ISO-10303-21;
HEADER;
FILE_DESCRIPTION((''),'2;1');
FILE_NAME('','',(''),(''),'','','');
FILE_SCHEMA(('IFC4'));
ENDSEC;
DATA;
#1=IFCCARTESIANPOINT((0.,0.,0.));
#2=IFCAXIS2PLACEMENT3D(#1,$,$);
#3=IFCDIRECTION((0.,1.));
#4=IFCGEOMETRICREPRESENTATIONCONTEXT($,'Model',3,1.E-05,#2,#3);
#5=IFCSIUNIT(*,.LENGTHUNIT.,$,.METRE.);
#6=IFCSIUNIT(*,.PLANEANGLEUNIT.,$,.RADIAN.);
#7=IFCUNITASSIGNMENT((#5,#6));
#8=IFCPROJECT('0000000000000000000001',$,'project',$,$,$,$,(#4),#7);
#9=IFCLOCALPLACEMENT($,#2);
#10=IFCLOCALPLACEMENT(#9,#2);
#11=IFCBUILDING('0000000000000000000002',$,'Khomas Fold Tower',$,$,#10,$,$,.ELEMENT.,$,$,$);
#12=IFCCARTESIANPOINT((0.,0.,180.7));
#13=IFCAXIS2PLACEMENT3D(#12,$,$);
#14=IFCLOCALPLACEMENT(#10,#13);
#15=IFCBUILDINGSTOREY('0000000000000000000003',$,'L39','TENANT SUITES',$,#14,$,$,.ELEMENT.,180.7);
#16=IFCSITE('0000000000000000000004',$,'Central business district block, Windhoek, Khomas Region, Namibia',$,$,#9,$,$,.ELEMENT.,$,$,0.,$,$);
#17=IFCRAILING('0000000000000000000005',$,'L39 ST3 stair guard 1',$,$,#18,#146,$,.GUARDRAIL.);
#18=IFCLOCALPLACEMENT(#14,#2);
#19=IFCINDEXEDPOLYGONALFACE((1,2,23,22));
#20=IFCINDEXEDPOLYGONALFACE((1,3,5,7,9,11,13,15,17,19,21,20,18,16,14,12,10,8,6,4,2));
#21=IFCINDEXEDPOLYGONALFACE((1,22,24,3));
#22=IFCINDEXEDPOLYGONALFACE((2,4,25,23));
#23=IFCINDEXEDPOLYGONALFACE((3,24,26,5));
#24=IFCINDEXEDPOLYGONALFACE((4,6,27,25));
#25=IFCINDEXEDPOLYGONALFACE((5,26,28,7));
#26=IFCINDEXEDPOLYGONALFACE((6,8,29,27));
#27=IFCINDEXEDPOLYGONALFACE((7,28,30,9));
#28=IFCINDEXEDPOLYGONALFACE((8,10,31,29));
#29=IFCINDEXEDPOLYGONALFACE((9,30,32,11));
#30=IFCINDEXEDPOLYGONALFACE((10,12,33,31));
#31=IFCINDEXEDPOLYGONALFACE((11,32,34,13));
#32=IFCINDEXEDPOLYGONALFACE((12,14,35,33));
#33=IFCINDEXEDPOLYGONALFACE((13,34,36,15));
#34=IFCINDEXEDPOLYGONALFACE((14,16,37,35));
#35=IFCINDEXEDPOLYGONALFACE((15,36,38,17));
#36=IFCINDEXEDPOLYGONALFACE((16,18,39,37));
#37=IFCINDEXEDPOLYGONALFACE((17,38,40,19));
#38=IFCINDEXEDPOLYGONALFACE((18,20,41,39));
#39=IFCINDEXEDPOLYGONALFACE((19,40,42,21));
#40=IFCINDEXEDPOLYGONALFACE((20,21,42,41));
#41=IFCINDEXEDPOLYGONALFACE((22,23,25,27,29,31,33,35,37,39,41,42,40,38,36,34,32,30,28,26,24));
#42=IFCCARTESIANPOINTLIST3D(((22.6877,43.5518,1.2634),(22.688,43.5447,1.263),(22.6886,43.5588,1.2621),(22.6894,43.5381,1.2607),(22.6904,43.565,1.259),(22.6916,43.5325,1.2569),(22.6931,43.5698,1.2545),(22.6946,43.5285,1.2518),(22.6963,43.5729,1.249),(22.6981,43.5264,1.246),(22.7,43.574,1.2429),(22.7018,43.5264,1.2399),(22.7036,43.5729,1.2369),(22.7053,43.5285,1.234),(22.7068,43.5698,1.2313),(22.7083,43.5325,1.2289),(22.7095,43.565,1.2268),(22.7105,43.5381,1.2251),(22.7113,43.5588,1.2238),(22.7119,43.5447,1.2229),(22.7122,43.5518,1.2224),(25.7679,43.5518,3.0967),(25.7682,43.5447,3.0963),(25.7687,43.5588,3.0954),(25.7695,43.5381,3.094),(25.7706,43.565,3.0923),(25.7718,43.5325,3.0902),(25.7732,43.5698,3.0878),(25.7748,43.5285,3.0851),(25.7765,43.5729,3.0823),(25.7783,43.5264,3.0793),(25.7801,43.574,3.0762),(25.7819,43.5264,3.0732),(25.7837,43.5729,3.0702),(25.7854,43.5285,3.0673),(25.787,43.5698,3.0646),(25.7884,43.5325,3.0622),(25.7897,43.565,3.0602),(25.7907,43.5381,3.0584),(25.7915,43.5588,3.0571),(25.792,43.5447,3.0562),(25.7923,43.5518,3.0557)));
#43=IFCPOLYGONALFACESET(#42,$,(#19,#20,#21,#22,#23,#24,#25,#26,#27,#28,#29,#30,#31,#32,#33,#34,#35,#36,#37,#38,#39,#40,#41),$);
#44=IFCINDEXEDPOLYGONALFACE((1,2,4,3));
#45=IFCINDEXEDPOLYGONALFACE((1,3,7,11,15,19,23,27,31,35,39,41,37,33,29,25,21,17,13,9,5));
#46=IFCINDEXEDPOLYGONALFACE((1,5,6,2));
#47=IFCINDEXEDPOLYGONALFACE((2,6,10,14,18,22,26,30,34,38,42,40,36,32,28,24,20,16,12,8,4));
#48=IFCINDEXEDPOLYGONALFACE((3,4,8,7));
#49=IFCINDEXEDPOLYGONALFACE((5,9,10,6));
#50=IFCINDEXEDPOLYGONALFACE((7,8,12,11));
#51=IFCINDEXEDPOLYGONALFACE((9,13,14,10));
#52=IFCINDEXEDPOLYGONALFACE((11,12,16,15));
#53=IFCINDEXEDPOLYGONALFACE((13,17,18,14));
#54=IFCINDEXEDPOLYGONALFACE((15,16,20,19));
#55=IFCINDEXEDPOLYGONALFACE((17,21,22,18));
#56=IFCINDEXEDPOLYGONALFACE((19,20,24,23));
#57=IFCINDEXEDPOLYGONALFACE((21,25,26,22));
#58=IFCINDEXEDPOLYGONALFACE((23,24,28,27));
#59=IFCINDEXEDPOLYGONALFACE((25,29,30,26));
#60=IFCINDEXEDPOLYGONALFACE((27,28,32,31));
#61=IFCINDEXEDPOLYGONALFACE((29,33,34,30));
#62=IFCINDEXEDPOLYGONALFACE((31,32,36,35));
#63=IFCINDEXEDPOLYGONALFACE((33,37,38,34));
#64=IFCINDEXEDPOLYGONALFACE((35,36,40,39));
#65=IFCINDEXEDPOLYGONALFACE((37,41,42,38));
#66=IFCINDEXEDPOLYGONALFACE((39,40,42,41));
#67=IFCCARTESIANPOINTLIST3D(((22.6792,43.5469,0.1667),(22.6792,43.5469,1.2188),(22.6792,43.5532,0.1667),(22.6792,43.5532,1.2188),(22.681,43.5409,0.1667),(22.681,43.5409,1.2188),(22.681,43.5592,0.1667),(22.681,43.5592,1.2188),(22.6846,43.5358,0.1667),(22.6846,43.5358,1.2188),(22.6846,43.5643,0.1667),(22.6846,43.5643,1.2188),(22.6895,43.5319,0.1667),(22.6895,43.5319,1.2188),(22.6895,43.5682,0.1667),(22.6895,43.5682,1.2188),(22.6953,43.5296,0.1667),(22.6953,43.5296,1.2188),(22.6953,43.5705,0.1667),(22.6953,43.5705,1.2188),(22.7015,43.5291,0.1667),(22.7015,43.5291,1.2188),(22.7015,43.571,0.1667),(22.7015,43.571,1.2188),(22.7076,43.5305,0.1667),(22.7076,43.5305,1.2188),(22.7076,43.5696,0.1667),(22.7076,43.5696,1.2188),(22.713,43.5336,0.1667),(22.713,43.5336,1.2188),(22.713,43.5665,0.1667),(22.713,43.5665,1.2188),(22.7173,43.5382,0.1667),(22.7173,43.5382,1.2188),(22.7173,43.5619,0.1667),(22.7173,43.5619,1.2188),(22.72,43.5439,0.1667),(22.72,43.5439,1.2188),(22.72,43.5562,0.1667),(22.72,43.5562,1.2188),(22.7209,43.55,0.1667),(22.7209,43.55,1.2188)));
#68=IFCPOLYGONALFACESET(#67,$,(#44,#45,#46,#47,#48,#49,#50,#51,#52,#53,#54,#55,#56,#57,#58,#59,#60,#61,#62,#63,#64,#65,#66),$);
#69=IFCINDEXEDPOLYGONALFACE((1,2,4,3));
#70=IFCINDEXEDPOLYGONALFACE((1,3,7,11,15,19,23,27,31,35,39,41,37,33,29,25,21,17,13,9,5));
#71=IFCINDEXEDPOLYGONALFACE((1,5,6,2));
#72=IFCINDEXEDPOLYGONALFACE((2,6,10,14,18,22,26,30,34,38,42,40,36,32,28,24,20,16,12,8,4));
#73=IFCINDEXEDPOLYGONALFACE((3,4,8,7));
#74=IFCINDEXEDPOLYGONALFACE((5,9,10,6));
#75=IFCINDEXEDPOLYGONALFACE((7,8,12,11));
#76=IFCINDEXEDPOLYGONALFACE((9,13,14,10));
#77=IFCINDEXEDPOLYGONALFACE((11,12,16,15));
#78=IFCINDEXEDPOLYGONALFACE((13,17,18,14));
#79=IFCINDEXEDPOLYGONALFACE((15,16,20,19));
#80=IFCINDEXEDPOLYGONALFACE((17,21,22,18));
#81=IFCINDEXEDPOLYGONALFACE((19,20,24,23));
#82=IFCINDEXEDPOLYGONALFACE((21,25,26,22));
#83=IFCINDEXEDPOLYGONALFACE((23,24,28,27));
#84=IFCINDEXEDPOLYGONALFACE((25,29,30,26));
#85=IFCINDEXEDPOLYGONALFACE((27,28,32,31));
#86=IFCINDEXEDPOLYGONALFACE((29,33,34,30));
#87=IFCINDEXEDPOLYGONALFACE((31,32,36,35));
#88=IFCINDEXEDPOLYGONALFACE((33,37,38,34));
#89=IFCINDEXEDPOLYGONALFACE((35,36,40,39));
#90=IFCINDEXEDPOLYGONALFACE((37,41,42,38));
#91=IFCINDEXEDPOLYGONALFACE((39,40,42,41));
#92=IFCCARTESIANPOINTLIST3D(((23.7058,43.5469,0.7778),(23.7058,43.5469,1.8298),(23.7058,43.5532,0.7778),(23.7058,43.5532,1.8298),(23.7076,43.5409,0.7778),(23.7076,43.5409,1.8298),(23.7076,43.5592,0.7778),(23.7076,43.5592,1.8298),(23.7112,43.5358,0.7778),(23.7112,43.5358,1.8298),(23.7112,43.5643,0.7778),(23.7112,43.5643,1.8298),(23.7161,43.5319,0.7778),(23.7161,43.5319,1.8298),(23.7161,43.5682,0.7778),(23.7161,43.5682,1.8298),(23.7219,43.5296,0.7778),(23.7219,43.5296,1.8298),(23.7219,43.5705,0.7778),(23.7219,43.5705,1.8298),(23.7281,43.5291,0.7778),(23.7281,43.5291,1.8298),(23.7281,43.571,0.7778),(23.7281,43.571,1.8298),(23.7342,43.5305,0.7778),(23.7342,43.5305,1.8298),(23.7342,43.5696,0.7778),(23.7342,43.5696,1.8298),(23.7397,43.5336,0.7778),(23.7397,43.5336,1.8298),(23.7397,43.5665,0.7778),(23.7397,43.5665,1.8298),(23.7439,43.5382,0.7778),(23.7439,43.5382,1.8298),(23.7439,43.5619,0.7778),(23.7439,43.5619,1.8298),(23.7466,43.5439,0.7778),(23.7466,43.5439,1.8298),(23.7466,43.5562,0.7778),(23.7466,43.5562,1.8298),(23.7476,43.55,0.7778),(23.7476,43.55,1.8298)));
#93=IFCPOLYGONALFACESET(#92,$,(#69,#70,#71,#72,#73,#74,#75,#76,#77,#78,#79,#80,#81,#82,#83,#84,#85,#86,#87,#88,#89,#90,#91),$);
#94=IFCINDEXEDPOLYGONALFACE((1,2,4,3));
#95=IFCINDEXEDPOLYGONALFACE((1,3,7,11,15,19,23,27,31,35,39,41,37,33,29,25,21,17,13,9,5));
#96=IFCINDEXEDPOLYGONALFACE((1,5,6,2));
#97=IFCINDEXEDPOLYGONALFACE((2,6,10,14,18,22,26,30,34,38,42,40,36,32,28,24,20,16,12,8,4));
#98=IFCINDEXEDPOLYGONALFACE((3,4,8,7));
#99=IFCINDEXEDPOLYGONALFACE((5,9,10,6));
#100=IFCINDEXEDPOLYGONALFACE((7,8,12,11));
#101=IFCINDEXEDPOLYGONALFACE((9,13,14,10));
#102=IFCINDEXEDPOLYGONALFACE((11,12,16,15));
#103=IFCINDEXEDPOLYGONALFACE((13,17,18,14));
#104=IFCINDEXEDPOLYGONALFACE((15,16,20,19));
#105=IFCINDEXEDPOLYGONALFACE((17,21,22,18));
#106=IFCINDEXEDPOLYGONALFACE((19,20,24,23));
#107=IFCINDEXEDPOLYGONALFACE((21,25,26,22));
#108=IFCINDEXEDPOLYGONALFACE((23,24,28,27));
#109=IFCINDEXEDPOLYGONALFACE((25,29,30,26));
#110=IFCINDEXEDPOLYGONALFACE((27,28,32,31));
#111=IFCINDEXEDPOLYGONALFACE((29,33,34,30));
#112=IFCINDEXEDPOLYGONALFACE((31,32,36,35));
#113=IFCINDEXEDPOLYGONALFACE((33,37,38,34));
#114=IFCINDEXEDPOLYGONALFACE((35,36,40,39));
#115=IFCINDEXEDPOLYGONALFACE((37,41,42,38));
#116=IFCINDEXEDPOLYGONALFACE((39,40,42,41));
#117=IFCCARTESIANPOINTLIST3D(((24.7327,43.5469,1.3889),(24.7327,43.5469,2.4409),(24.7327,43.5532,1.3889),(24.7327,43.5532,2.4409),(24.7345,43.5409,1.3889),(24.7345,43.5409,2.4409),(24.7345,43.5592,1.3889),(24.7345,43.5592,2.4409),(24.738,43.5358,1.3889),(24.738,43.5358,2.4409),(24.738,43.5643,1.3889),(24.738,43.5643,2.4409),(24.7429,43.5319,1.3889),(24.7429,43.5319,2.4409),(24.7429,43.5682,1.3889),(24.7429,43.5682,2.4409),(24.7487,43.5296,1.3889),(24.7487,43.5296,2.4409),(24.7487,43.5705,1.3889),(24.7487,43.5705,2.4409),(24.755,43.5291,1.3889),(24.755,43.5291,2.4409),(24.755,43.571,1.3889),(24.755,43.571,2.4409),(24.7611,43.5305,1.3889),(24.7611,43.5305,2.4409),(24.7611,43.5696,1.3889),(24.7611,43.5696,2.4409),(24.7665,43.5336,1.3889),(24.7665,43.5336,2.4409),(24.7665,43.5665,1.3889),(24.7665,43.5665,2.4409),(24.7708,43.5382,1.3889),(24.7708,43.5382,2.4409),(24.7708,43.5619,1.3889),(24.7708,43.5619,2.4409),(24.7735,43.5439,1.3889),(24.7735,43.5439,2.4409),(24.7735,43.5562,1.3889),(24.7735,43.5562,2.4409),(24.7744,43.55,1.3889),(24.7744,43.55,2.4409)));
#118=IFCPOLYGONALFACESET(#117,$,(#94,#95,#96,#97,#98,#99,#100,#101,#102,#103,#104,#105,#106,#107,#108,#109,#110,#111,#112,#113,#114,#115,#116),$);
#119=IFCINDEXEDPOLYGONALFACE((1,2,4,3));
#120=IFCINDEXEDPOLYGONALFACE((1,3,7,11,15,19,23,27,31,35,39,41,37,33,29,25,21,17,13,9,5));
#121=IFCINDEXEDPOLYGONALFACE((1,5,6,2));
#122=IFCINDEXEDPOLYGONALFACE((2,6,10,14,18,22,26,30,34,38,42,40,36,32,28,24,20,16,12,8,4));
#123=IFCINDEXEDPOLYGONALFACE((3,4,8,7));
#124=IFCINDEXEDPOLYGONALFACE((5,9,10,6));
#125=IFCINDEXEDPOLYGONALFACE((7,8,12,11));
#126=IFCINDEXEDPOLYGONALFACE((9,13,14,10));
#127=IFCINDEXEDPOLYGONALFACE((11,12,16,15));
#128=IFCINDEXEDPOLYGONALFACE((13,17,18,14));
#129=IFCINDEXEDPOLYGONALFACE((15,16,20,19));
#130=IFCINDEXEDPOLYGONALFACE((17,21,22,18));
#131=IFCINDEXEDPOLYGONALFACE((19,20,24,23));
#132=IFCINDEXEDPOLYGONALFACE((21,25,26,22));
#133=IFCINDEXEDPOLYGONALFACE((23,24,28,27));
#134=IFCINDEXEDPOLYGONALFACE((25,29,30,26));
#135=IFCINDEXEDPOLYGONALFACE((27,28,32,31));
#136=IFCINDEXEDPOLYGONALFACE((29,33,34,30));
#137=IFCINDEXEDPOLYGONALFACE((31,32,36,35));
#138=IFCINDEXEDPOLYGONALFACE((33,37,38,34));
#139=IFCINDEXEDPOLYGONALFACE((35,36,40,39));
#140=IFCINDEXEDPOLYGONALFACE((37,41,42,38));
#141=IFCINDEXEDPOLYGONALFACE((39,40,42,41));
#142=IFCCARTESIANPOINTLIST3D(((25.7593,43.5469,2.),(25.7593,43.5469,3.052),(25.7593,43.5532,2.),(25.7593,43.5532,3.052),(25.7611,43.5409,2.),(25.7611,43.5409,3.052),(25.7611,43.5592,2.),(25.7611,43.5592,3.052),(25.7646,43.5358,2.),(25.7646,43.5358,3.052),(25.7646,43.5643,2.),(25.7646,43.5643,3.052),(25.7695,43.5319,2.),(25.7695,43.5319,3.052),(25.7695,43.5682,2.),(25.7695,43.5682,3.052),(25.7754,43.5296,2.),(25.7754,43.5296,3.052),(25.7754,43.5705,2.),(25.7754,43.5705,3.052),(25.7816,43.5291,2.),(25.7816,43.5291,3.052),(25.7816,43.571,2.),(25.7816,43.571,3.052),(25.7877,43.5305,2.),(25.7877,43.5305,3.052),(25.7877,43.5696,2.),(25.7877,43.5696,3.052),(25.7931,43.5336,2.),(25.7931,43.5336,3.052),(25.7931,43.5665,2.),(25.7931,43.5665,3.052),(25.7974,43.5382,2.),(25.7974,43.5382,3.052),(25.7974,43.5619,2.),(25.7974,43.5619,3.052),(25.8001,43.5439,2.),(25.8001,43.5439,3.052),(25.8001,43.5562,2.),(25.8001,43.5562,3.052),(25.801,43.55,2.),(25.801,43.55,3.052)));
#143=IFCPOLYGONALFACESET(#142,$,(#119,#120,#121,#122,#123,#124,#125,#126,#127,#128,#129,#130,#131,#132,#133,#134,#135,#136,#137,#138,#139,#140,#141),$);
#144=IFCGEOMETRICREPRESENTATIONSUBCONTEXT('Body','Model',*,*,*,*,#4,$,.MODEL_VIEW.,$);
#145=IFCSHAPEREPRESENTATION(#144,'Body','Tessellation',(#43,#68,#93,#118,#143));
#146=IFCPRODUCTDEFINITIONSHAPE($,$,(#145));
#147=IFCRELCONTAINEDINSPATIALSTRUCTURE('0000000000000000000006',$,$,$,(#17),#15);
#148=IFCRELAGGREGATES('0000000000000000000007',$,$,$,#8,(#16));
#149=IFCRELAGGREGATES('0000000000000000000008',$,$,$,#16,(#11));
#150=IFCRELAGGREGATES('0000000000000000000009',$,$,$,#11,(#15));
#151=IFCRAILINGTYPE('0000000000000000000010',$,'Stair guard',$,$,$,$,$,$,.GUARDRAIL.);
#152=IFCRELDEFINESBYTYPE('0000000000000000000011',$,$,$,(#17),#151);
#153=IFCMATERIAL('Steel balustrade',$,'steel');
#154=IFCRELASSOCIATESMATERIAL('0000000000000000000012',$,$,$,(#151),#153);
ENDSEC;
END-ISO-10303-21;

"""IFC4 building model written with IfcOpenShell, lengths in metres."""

from ifc_helpers import new_model, si_unit, direction, frame, origin, origin_2d, place, context, subcontext, project, spatial, circle, extrude, source, transform, mapped, material, type_object, element, save


model = new_model("IFC4")

# Units and contexts
model_context = context("Model", 3, precision=1e-05, world=origin(), true_north=direction((0.0, 1.0)))
body_context = subcontext(model_context, "Body", "Model", "MODEL_VIEW")
ifc_project = project(units=[si_unit("LENGTHUNIT", "METRE"), si_unit("PLANEANGLEUNIT", "RADIAN")], contexts=[model_context])

# Site, building, storey
site_placement = place(None, origin())
site = spatial("IfcSite", under=ifc_project, at=site_placement, Name="Central business district block, Windhoek, Khomas Region, Namibia", CompositionType="ELEMENT", RefElevation=0.0)
building_placement = place(site_placement, origin())
building = spatial("IfcBuilding", under=site, at=building_placement, Name="Khomas Fold Tower", CompositionType="ELEMENT")
storey_placement = place(building_placement, frame((0.0, 0.0, 180.7)))
storey = spatial("IfcBuildingStorey", under=building, at=storey_placement, Name="L39", Description="TENANT SUITES", CompositionType="ELEMENT", Elevation=180.7)

# Railing
ifc_material_1 = material(Name="Steel balustrade", Category="steel")
railing_type_1 = type_object("IfcRailingType", Name="Stair guard", PredefinedType="GUARDRAIL", material=ifc_material_1)
shared_shape_1 = source(origin(), body_context, "Body", "SweptSolid", [
    extrude(circle(Radius=0.0239, at=origin_2d()), frame((0.0, 0.0, 1.0762), z_axis=(0.859309, 0.0, 0.511458), x_axis=(0.0, 1.0, 0.0)), (0.0, 0.0, 1.0), 3.5845),
    extrude(circle(Radius=0.021, at=origin_2d()), origin(), (0.0, 0.0, 1.0), 1.052),
    extrude(circle(Radius=0.021, at=origin_2d()), frame((1.0266, 0.0, 0.6111)), (0.0, 0.0, 1.0), 1.052),
    extrude(circle(Radius=0.021, at=origin_2d()), frame((2.0535, 0.0, 1.2222)), (0.0, 0.0, 1.0), 1.052),
    extrude(circle(Radius=0.021, at=origin_2d()), frame((3.0801, 0.0, 1.8333)), (0.0, 0.0, 1.0), 1.052),
])
railing_1_placement = place(storey_placement, frame((22.7, 43.55, 0.1667)))
element("IfcRailing", 1, at=railing_1_placement, inside=storey, type_object=railing_type_1, Name="L39 ST3 stair guard 1", PredefinedType="GUARDRAIL", context=body_context, shape_type="MappedRepresentation", body=[
    mapped(shared_shape_1, transform((0.0, 0.0, 0.0))),
])

save(model, "model.ifc")
